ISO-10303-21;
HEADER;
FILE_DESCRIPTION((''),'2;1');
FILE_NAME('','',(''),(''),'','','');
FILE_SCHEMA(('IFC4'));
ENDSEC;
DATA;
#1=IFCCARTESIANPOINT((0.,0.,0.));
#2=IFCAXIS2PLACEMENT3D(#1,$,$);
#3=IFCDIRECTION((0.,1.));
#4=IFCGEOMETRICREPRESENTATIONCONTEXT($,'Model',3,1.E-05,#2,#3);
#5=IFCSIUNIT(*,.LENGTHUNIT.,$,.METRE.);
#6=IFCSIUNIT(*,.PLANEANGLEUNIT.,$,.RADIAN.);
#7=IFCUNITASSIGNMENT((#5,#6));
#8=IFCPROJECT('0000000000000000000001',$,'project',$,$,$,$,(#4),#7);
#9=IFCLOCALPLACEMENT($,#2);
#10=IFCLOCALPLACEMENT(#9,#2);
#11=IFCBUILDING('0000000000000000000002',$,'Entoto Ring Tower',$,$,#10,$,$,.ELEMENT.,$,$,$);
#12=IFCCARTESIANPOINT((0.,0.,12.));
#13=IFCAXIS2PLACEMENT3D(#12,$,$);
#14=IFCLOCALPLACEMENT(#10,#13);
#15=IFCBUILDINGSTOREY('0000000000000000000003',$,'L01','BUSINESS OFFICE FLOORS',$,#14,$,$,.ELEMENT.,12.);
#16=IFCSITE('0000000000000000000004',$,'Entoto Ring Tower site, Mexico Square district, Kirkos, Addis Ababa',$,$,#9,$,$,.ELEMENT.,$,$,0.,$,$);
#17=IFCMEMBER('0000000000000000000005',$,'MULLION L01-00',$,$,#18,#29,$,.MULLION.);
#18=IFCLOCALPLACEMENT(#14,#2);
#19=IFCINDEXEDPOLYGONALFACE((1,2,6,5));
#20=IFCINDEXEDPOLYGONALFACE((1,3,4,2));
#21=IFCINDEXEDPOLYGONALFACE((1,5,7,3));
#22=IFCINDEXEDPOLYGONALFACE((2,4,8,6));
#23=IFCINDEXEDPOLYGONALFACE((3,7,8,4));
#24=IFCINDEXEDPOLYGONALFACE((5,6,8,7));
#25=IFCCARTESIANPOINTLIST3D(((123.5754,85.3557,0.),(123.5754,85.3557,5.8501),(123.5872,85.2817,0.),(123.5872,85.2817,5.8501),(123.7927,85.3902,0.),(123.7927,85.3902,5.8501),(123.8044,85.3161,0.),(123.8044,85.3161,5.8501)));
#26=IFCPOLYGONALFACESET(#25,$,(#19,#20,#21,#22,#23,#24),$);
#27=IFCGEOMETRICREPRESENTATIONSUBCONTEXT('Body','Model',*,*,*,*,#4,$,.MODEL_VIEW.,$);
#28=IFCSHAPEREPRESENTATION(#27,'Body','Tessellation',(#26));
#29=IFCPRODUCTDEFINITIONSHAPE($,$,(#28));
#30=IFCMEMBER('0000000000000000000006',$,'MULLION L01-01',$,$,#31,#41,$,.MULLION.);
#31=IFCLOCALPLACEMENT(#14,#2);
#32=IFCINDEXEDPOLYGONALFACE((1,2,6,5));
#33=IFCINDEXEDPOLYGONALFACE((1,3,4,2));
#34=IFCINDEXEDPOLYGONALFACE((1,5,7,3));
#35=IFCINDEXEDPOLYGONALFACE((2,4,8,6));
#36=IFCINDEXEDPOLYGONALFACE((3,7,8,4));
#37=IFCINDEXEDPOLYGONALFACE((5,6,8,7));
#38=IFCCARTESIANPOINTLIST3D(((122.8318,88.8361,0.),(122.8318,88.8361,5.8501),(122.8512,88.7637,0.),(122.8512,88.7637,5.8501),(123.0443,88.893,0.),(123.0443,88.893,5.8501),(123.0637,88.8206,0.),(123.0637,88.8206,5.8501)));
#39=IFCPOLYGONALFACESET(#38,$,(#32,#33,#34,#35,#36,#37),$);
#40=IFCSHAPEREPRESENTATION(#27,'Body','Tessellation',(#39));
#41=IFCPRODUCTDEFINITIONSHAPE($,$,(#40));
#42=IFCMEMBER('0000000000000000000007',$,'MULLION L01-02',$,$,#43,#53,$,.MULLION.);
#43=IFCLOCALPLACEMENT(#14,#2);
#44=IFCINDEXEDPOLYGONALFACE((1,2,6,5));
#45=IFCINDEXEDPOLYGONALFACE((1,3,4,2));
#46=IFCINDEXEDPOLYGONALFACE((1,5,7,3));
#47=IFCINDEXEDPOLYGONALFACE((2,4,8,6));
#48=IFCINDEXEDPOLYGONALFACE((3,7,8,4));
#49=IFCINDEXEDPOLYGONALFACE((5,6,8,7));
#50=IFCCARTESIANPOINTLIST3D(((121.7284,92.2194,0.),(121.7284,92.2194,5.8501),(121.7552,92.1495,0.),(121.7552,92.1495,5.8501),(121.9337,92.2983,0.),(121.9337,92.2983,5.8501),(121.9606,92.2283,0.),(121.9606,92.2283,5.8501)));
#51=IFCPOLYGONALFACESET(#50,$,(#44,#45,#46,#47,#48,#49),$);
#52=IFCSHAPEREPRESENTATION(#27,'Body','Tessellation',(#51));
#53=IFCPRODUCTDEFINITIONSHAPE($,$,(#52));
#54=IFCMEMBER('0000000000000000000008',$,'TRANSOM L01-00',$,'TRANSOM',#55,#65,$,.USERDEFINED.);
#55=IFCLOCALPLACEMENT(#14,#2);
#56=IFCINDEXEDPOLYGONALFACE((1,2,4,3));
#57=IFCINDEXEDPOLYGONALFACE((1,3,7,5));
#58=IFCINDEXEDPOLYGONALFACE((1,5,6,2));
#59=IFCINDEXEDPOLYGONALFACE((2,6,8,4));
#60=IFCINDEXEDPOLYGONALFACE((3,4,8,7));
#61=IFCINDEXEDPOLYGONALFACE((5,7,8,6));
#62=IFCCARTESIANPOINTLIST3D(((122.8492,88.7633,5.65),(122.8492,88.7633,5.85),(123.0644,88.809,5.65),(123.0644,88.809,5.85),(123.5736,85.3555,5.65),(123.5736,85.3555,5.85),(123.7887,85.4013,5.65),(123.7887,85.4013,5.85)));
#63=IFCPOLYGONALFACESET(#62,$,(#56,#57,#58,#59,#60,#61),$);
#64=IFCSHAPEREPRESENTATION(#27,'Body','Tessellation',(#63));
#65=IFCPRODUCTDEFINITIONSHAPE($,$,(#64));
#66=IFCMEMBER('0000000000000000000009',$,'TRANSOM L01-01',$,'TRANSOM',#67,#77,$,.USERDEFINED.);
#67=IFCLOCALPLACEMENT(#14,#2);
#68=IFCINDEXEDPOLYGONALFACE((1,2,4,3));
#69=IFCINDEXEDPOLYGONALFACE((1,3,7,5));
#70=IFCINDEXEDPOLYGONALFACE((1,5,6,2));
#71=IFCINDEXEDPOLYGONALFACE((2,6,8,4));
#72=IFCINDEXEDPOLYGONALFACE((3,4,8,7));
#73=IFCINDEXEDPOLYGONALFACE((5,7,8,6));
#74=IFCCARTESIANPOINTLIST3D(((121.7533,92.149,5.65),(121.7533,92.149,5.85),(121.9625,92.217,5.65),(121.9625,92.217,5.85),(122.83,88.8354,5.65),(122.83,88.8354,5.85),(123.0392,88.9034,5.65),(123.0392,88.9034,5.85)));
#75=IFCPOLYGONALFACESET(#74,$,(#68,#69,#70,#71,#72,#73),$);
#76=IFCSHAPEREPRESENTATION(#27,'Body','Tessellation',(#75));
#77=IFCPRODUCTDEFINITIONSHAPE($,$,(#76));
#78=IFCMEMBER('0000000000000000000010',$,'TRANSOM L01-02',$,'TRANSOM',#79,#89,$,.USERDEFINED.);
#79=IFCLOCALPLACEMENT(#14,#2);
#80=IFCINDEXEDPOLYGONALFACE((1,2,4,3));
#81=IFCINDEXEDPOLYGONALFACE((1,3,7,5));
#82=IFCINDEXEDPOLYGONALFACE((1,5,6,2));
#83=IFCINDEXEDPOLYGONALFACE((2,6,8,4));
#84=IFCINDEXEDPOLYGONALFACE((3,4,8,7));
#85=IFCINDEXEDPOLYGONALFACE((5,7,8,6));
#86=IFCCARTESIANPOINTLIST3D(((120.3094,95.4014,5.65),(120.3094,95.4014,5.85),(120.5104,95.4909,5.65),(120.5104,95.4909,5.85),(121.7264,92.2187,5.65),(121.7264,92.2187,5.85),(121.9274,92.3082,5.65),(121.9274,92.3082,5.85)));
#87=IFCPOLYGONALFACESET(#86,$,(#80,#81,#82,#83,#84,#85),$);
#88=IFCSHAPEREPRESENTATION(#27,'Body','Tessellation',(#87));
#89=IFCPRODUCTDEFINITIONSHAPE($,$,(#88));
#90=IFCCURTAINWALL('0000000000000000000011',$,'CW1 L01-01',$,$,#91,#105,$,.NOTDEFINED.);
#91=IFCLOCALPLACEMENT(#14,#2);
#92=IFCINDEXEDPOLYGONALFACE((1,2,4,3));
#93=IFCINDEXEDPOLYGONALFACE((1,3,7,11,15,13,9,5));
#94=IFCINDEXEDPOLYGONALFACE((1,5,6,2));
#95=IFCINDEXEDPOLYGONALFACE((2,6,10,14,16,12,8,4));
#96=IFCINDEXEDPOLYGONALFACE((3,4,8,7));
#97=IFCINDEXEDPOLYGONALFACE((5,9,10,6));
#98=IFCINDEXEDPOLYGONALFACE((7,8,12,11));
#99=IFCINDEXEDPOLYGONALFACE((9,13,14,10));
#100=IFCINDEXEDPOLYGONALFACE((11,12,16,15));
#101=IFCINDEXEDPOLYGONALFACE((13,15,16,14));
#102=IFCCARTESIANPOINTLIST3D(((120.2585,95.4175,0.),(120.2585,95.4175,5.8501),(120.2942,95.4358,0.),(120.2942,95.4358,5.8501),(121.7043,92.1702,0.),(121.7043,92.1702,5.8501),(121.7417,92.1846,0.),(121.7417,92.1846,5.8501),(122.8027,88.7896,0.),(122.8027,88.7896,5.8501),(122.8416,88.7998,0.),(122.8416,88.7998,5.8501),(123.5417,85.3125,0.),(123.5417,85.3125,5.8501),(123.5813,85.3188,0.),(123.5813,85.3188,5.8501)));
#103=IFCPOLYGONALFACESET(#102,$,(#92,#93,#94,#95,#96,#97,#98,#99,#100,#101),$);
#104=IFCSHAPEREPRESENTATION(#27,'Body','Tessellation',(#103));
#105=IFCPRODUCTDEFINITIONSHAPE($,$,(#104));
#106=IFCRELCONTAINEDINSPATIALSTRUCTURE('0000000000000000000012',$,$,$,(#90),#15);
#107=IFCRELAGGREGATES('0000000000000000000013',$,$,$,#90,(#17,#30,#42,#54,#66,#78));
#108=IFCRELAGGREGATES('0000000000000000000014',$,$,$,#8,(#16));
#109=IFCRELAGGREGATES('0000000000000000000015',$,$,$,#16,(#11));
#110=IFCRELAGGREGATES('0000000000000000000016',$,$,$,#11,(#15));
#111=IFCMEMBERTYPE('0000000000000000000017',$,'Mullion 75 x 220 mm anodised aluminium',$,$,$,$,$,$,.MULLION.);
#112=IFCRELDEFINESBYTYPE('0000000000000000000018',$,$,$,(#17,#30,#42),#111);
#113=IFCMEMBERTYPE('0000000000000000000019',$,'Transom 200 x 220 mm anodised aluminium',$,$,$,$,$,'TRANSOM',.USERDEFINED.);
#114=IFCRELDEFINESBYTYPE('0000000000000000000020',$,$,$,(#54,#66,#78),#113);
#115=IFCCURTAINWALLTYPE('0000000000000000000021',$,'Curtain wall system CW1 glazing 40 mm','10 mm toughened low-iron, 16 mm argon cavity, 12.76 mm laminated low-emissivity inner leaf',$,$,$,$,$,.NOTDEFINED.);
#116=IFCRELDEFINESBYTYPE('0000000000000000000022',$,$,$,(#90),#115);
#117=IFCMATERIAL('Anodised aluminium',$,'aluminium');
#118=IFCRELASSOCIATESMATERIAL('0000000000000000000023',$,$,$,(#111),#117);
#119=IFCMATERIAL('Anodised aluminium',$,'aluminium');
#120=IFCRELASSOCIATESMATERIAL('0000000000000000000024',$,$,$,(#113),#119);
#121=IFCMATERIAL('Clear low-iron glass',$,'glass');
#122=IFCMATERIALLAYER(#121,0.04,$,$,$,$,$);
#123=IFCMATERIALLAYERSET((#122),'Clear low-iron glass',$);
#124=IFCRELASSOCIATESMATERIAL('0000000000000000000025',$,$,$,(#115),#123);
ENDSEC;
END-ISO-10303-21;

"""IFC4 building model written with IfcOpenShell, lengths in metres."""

from ifc_helpers import new_model, si_unit, direction, frame, origin, origin_2d, place, context, subcontext, project, spatial, polyline, rectangle, outline, extrude, material, layer, layer_set, material_profile, profile_set, type_object, element, aggregate, save


model = new_model("IFC4")

# Units and contexts
model_context = context("Model", 3, precision=1e-05, world=origin(), true_north=direction((0.0, 1.0)))
body_context = subcontext(model_context, "Body", "Model", "MODEL_VIEW")
ifc_project = project(units=[si_unit("LENGTHUNIT", "METRE"), si_unit("PLANEANGLEUNIT", "RADIAN")], contexts=[model_context])

# Members
ifc_material_1 = material(Name="Anodised aluminium", Category="aluminium")
ifc_material_profile_1 = material_profile(ifc_material_1, rectangle(XDim=0.075, YDim=0.22, at=origin_2d()), Name="Mullion 75 x 220 mm anodised aluminium")
ifc_profile_set_1 = profile_set([ifc_material_profile_1], Name="Anodised aluminium")
member_type_1 = type_object("IfcMemberType", Name="Mullion 75 x 220 mm anodised aluminium", PredefinedType="MULLION", material=ifc_profile_set_1)
site_placement = place(None, origin())
building_placement = place(site_placement, origin())
storey_placement = place(building_placement, frame((0.0, 0.0, 12.0)))
member_1_placement = place(storey_placement, frame((123.6899, 85.3359, 0.0), z_axis=(0.0, 0.0, 1.0), x_axis=(-0.156434, 0.987688, 0.0)))
member_1 = element("IfcMember", 1, at=member_1_placement, type_object=member_type_1, Name="MULLION L01-00", PredefinedType="MULLION", context=body_context, shape_type="SweptSolid", body=[
    extrude(rectangle(XDim=0.075, YDim=0.22, at=origin_2d()), origin(), (0.0, 0.0, 1.0), 5.8501),
])
member_2_placement = place(storey_placement, frame((122.9478, 88.8284, 0.0), z_axis=(0.0, 0.0, 1.0), x_axis=(-0.258819, 0.965926, 0.0)))
member_2 = element("IfcMember", 2, at=member_2_placement, type_object=member_type_1, Name="MULLION L01-01", PredefinedType="MULLION", context=body_context, shape_type="SweptSolid", body=[
    extrude(rectangle(XDim=0.075, YDim=0.22, at=origin_2d()), origin(), (0.0, 0.0, 1.0), 5.8501),
])
member_3_placement = place(storey_placement, frame((121.8445, 92.2239, 0.0), z_axis=(0.0, 0.0, 1.0), x_axis=(-0.358368, 0.93358, 0.0)))
member_3 = element("IfcMember", 3, at=member_3_placement, type_object=member_type_1, Name="MULLION L01-02", PredefinedType="MULLION", context=body_context, shape_type="SweptSolid", body=[
    extrude(rectangle(XDim=0.075, YDim=0.22, at=origin_2d()), origin(), (0.0, 0.0, 1.0), 5.8501),
])
ifc_material_2 = material(Name="Anodised aluminium", Category="aluminium")
ifc_material_profile_2 = material_profile(ifc_material_2, rectangle(XDim=0.22, YDim=0.2, at=origin_2d()), Name="Transom 200 x 220 mm anodised aluminium")
ifc_profile_set_2 = profile_set([ifc_material_profile_2], Name="Anodised aluminium")
member_type_2 = type_object("IfcMemberType", Name="Transom 200 x 220 mm anodised aluminium", ElementType="TRANSOM", PredefinedType="USERDEFINED", material=ifc_profile_set_2)
member_4_placement = place(storey_placement, frame((123.6812, 85.3784, 5.75), z_axis=(-0.207921, 0.978146, 0.0), x_axis=(-0.978146, -0.207921, 0.0)))
member_4 = element("IfcMember", 4, at=member_4_placement, type_object=member_type_2, Name="TRANSOM L01-00", ObjectType="TRANSOM", PredefinedType="USERDEFINED", context=body_context, shape_type="SweptSolid", body=[
    extrude(rectangle(XDim=0.22, YDim=0.2, at=origin_2d()), origin(), (0.0, 0.0, 1.0), 3.4839),
])
member_5_placement = place(storey_placement, frame((122.9346, 88.8694, 5.75), z_axis=(-0.309029, 0.951053, 0.0), x_axis=(-0.951053, -0.309029, 0.0)))
member_5 = element("IfcMember", 5, at=member_5_placement, type_object=member_type_2, Name="TRANSOM L01-01", ObjectType="TRANSOM", PredefinedType="USERDEFINED", context=body_context, shape_type="SweptSolid", body=[
    extrude(rectangle(XDim=0.22, YDim=0.2, at=origin_2d()), origin(), (0.0, 0.0, 1.0), 3.4841),
])
member_6_placement = place(storey_placement, frame((121.8269, 92.2634, 5.75), z_axis=(-0.406737, 0.913545, 0.0), x_axis=(-0.913545, -0.406737, 0.0)))
member_6 = element("IfcMember", 6, at=member_6_placement, type_object=member_type_2, Name="TRANSOM L01-02", ObjectType="TRANSOM", PredefinedType="USERDEFINED", context=body_context, shape_type="SweptSolid", body=[
    extrude(rectangle(XDim=0.22, YDim=0.2, at=origin_2d()), origin(), (0.0, 0.0, 1.0), 3.4839),
])

# Site, building, storey
site = spatial("IfcSite", under=ifc_project, at=site_placement, Name="Entoto Ring Tower site, Mexico Square district, Kirkos, Addis Ababa", CompositionType="ELEMENT", RefElevation=0.0)
building = spatial("IfcBuilding", under=site, at=building_placement, Name="Entoto Ring Tower", CompositionType="ELEMENT")
storey = spatial("IfcBuildingStorey", under=building, at=storey_placement, Name="L01", Description="BUSINESS OFFICE FLOORS", CompositionType="ELEMENT", Elevation=12.0)

# Curtain wall
ifc_material_3 = material(Name="Clear low-iron glass", Category="glass")
ifc_layer_1 = layer(ifc_material_3, 0.04)
ifc_layer_set_1 = layer_set([ifc_layer_1], Name="Clear low-iron glass")
curtain_wall_type = type_object("IfcCurtainWallType", Name="Curtain wall system CW1 glazing 40 mm", Description="10 mm toughened low-iron, 16 mm argon cavity, 12.76 mm laminated low-emissivity inner leaf", PredefinedType="NOTDEFINED", material=ifc_layer_set_1)
curtain_wall_1_placement = place(storey_placement, origin())
curtain_wall_1 = element("IfcCurtainWall", 7, at=curtain_wall_1_placement, inside=storey, type_object=curtain_wall_type, Name="CW1 L01-01", PredefinedType="NOTDEFINED", context=body_context, shape_type="SweptSolid", body=[
    extrude(outline(polyline([(123.5813, 85.3188), (122.8416, 88.7998), (121.7417, 92.1846), (120.2942, 95.4358), (120.2585, 95.4175), (121.7043, 92.1702), (122.8027, 88.7896), (123.5417, 85.3125), (123.5813, 85.3188)])), origin(), (0.0, 0.0, 1.0), 5.8501),
])
aggregate(curtain_wall_1, [member_1, member_2, member_3, member_4, member_5, member_6])

save(model, "model.ifc")
